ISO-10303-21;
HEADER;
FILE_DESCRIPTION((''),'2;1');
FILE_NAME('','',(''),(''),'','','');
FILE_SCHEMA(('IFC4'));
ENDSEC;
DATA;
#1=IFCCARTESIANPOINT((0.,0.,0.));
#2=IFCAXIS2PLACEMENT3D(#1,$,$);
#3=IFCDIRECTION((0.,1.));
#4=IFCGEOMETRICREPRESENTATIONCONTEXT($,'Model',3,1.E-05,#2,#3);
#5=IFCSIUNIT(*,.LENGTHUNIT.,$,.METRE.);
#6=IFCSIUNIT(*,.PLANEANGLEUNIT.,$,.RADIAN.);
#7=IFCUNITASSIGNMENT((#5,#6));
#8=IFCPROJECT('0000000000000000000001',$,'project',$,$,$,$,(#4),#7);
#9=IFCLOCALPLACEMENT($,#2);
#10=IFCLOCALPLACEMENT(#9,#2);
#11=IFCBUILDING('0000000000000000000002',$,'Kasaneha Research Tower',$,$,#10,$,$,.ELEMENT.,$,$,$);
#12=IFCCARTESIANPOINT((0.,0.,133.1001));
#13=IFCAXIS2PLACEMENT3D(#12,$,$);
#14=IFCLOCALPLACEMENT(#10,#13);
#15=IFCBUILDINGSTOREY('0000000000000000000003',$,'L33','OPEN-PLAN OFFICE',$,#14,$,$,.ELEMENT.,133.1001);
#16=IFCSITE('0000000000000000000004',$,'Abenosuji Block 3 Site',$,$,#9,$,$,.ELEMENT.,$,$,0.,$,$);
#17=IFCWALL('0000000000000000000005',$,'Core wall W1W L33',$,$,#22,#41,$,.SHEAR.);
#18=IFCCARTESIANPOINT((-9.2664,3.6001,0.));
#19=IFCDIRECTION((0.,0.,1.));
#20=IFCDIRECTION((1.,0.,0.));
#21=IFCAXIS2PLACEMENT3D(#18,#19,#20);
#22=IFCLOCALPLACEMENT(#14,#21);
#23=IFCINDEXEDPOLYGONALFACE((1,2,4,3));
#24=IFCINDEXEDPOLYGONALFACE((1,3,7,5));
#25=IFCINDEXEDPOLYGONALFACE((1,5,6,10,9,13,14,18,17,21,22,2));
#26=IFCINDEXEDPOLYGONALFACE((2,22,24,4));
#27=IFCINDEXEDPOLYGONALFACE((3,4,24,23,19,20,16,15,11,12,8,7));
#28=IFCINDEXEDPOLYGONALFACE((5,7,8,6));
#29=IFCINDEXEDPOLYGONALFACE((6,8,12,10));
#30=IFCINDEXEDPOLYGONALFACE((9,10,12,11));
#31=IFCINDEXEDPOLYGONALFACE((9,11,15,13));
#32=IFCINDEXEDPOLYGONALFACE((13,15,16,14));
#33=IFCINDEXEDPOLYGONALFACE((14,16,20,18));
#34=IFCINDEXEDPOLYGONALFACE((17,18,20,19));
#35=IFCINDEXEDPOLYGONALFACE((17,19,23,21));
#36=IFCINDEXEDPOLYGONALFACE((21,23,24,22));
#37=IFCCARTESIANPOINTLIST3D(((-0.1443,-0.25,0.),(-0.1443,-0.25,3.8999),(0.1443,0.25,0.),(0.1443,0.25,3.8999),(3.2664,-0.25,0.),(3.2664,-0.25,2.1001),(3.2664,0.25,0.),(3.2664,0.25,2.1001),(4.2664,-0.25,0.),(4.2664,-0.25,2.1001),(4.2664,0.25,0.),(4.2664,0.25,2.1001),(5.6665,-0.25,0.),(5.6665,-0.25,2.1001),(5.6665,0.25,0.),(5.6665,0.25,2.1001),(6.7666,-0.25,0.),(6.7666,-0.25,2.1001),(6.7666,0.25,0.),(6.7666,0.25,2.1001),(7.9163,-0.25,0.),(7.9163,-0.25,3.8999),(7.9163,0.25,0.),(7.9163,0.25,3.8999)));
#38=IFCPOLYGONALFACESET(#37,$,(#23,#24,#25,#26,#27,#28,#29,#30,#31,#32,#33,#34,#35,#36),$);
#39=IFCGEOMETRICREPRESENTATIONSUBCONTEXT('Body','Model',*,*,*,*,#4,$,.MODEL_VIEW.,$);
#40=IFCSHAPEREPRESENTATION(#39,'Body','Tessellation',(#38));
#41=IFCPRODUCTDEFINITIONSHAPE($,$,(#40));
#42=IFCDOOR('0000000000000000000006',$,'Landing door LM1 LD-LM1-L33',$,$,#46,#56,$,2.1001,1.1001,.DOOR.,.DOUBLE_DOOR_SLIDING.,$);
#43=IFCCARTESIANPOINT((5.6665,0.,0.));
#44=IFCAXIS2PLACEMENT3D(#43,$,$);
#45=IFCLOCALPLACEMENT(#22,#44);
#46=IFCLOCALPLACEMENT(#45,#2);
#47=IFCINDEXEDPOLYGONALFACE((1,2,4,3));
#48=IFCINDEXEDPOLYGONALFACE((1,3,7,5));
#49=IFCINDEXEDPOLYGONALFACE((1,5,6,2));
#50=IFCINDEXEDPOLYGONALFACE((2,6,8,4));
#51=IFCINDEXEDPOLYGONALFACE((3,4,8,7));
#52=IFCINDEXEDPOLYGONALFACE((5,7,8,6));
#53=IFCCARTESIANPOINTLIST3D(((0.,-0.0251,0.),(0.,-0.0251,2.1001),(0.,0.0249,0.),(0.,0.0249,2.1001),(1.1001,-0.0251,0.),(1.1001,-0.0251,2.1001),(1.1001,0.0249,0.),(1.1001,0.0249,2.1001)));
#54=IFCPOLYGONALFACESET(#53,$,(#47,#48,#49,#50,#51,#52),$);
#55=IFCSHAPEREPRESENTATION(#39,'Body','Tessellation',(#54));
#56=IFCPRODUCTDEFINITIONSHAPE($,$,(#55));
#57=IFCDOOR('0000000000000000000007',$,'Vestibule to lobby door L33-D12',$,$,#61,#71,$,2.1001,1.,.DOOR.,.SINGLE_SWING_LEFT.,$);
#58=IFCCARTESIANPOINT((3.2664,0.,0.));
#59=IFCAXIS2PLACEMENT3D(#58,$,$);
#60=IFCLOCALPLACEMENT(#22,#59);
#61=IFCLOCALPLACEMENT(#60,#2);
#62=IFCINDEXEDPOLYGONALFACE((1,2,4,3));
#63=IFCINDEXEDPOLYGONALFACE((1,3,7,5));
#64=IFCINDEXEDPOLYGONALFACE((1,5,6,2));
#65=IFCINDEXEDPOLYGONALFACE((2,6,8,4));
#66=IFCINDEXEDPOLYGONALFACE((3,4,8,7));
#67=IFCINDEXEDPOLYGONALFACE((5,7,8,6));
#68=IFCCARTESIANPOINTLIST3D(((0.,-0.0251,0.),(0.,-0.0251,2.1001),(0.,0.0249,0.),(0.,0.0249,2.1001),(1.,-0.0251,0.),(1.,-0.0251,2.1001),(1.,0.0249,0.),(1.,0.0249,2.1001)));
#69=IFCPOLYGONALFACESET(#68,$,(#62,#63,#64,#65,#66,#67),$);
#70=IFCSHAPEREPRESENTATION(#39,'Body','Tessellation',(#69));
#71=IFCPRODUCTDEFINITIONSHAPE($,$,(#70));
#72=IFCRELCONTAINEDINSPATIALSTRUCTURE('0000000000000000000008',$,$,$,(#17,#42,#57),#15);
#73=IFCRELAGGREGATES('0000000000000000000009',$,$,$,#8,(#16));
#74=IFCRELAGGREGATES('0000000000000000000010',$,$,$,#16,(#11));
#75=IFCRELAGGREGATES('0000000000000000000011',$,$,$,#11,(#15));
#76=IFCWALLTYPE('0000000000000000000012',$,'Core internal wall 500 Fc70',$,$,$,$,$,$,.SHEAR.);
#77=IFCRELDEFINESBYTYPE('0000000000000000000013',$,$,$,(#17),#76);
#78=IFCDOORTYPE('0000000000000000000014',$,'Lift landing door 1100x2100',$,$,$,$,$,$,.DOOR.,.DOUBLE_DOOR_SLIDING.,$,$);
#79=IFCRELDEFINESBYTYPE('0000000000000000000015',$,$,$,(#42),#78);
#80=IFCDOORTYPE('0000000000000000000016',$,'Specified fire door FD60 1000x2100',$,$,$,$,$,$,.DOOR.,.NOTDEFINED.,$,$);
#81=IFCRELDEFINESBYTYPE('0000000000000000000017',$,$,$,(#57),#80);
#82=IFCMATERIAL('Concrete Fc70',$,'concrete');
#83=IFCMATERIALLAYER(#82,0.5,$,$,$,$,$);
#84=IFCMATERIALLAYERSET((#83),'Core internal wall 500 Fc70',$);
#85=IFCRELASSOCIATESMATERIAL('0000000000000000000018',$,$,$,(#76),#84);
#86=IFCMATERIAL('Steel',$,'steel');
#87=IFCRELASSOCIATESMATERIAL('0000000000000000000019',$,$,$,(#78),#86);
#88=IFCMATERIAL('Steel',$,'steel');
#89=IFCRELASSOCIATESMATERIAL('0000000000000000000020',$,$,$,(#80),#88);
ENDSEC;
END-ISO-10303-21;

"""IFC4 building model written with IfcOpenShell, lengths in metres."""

from ifc_helpers import new_model, si_unit, direction, frame, frame_2d, origin, place, context, subcontext, project, spatial, polyline, rectangle, outline, extrude, material, layer, layer_set, type_object, element, fill, save


model = new_model("IFC4")

# Units and contexts
model_context = context("Model", 3, precision=1e-05, world=origin(), true_north=direction((0.0, 1.0)))
body_context = subcontext(model_context, "Body", "Model", "MODEL_VIEW")
ifc_project = project(units=[si_unit("LENGTHUNIT", "METRE"), si_unit("PLANEANGLEUNIT", "RADIAN")], contexts=[model_context])

# Site, building, storey
site_placement = place(None, origin())
site = spatial("IfcSite", under=ifc_project, at=site_placement, Name="Abenosuji Block 3 Site", CompositionType="ELEMENT", RefElevation=0.0)
building_placement = place(site_placement, origin())
building = spatial("IfcBuilding", under=site, at=building_placement, Name="Kasaneha Research Tower", CompositionType="ELEMENT")
storey_placement = place(building_placement, frame((0.0, 0.0, 133.1001)))
storey = spatial("IfcBuildingStorey", under=building, at=storey_placement, Name="L33", Description="OPEN-PLAN OFFICE", CompositionType="ELEMENT", Elevation=133.1001)

# Wall, openings, doors
ifc_material_1 = material(Name="Concrete Fc70", Category="concrete")
ifc_layer_1 = layer(ifc_material_1, 0.5)
ifc_layer_set_1 = layer_set([ifc_layer_1], Name="Core internal wall 500 Fc70")
wall_type_1 = type_object("IfcWallType", Name="Core internal wall 500 Fc70", PredefinedType="SHEAR", material=ifc_layer_set_1)
wall_1_placement = place(storey_placement, frame((-9.2664, 3.6001, 0.0), z_axis=(0.0, 0.0, 1.0), x_axis=(1.0, 0.0, 0.0)))
wall_1 = element("IfcWall", 1, at=wall_1_placement, inside=storey, type_object=wall_type_1, Name="Core wall W1W L33", PredefinedType="SHEAR", context=body_context, shape_type="SweptSolid", body=[
    extrude(outline(polyline([(-0.1443, -0.25), (3.2664, -0.25), (4.2664, -0.25), (5.6665, -0.25), (6.7666, -0.25), (7.9163, -0.25), (7.9163, 0.25), (6.7666, 0.25), (5.6665, 0.25), (4.2664, 0.25), (3.2664, 0.25), (0.1443, 0.25), (-0.1443, -0.25)])), origin(), (0.0, 0.0, 1.0), 3.8999),
])
opening_1_placement = place(wall_1_placement, frame((3.2664, 0.0, 0.0)))
opening_1 = element("IfcOpeningElement", 2, at=opening_1_placement, cuts=wall_1, PredefinedType="OPENING", context=body_context, shape_type="SweptSolid", body=[
    extrude(rectangle(XDim=1.0, YDim=2.1001, at=frame_2d((0.5, 1.05))), frame((0.0, 0.26, 0.0), z_axis=(0.0, -1.0, 0.0), x_axis=(1.0, 0.0, 0.0)), (0.0, 0.0, 1.0), 0.52),
])
opening_2_placement = place(wall_1_placement, frame((5.6665, 0.0, 0.0)))
opening_2 = element("IfcOpeningElement", 3, at=opening_2_placement, cuts=wall_1, PredefinedType="OPENING", context=body_context, shape_type="SweptSolid", body=[
    extrude(rectangle(XDim=1.1001, YDim=2.1001, at=frame_2d((0.55, 1.05))), frame((0.0, 0.26, 0.0), z_axis=(0.0, -1.0, 0.0), x_axis=(1.0, 0.0, 0.0)), (0.0, 0.0, 1.0), 0.52),
])
ifc_material_2 = material(Name="Steel", Category="steel")
door_type_1 = type_object("IfcDoorType", Name="Lift landing door 1100x2100", OperationType="DOUBLE_DOOR_SLIDING", PredefinedType="DOOR", material=ifc_material_2)
door_1_placement = place(opening_2_placement, origin())
door_1 = element("IfcDoor", 4, at=door_1_placement, inside=storey, type_object=door_type_1, Name="Landing door LM1 LD-LM1-L33", OperationType="DOUBLE_DOOR_SLIDING", OverallHeight=2.1001, OverallWidth=1.1001, PredefinedType="DOOR", context=body_context, shape_type="SweptSolid", body=[
    extrude(rectangle(XDim=1.1001, YDim=2.1001, at=frame_2d((0.55, 1.05))), frame((0.0, 0.0249, 0.0), z_axis=(0.0, -1.0, 0.0), x_axis=(1.0, 0.0, 0.0)), (0.0, 0.0, 1.0), 0.05),
])
fill(opening_2, door_1)
ifc_material_3 = material(Name="Steel", Category="steel")
door_type_2 = type_object("IfcDoorType", Name="Specified fire door FD60 1000x2100", OperationType="NOTDEFINED", PredefinedType="DOOR", material=ifc_material_3)
door_2_placement = place(opening_1_placement, origin())
door_2 = element("IfcDoor", 5, at=door_2_placement, inside=storey, type_object=door_type_2, Name="Vestibule to lobby door L33-D12", OperationType="SINGLE_SWING_LEFT", OverallHeight=2.1001, OverallWidth=1.0, PredefinedType="DOOR", context=body_context, shape_type="SweptSolid", body=[
    extrude(rectangle(XDim=1.0, YDim=2.1001, at=frame_2d((0.5, 1.05))), frame((0.0, 0.0249, 0.0), z_axis=(0.0, -1.0, 0.0), x_axis=(1.0, 0.0, 0.0)), (0.0, 0.0, 1.0), 0.05),
])
fill(opening_1, door_2)

save(model, "model.ifc")
